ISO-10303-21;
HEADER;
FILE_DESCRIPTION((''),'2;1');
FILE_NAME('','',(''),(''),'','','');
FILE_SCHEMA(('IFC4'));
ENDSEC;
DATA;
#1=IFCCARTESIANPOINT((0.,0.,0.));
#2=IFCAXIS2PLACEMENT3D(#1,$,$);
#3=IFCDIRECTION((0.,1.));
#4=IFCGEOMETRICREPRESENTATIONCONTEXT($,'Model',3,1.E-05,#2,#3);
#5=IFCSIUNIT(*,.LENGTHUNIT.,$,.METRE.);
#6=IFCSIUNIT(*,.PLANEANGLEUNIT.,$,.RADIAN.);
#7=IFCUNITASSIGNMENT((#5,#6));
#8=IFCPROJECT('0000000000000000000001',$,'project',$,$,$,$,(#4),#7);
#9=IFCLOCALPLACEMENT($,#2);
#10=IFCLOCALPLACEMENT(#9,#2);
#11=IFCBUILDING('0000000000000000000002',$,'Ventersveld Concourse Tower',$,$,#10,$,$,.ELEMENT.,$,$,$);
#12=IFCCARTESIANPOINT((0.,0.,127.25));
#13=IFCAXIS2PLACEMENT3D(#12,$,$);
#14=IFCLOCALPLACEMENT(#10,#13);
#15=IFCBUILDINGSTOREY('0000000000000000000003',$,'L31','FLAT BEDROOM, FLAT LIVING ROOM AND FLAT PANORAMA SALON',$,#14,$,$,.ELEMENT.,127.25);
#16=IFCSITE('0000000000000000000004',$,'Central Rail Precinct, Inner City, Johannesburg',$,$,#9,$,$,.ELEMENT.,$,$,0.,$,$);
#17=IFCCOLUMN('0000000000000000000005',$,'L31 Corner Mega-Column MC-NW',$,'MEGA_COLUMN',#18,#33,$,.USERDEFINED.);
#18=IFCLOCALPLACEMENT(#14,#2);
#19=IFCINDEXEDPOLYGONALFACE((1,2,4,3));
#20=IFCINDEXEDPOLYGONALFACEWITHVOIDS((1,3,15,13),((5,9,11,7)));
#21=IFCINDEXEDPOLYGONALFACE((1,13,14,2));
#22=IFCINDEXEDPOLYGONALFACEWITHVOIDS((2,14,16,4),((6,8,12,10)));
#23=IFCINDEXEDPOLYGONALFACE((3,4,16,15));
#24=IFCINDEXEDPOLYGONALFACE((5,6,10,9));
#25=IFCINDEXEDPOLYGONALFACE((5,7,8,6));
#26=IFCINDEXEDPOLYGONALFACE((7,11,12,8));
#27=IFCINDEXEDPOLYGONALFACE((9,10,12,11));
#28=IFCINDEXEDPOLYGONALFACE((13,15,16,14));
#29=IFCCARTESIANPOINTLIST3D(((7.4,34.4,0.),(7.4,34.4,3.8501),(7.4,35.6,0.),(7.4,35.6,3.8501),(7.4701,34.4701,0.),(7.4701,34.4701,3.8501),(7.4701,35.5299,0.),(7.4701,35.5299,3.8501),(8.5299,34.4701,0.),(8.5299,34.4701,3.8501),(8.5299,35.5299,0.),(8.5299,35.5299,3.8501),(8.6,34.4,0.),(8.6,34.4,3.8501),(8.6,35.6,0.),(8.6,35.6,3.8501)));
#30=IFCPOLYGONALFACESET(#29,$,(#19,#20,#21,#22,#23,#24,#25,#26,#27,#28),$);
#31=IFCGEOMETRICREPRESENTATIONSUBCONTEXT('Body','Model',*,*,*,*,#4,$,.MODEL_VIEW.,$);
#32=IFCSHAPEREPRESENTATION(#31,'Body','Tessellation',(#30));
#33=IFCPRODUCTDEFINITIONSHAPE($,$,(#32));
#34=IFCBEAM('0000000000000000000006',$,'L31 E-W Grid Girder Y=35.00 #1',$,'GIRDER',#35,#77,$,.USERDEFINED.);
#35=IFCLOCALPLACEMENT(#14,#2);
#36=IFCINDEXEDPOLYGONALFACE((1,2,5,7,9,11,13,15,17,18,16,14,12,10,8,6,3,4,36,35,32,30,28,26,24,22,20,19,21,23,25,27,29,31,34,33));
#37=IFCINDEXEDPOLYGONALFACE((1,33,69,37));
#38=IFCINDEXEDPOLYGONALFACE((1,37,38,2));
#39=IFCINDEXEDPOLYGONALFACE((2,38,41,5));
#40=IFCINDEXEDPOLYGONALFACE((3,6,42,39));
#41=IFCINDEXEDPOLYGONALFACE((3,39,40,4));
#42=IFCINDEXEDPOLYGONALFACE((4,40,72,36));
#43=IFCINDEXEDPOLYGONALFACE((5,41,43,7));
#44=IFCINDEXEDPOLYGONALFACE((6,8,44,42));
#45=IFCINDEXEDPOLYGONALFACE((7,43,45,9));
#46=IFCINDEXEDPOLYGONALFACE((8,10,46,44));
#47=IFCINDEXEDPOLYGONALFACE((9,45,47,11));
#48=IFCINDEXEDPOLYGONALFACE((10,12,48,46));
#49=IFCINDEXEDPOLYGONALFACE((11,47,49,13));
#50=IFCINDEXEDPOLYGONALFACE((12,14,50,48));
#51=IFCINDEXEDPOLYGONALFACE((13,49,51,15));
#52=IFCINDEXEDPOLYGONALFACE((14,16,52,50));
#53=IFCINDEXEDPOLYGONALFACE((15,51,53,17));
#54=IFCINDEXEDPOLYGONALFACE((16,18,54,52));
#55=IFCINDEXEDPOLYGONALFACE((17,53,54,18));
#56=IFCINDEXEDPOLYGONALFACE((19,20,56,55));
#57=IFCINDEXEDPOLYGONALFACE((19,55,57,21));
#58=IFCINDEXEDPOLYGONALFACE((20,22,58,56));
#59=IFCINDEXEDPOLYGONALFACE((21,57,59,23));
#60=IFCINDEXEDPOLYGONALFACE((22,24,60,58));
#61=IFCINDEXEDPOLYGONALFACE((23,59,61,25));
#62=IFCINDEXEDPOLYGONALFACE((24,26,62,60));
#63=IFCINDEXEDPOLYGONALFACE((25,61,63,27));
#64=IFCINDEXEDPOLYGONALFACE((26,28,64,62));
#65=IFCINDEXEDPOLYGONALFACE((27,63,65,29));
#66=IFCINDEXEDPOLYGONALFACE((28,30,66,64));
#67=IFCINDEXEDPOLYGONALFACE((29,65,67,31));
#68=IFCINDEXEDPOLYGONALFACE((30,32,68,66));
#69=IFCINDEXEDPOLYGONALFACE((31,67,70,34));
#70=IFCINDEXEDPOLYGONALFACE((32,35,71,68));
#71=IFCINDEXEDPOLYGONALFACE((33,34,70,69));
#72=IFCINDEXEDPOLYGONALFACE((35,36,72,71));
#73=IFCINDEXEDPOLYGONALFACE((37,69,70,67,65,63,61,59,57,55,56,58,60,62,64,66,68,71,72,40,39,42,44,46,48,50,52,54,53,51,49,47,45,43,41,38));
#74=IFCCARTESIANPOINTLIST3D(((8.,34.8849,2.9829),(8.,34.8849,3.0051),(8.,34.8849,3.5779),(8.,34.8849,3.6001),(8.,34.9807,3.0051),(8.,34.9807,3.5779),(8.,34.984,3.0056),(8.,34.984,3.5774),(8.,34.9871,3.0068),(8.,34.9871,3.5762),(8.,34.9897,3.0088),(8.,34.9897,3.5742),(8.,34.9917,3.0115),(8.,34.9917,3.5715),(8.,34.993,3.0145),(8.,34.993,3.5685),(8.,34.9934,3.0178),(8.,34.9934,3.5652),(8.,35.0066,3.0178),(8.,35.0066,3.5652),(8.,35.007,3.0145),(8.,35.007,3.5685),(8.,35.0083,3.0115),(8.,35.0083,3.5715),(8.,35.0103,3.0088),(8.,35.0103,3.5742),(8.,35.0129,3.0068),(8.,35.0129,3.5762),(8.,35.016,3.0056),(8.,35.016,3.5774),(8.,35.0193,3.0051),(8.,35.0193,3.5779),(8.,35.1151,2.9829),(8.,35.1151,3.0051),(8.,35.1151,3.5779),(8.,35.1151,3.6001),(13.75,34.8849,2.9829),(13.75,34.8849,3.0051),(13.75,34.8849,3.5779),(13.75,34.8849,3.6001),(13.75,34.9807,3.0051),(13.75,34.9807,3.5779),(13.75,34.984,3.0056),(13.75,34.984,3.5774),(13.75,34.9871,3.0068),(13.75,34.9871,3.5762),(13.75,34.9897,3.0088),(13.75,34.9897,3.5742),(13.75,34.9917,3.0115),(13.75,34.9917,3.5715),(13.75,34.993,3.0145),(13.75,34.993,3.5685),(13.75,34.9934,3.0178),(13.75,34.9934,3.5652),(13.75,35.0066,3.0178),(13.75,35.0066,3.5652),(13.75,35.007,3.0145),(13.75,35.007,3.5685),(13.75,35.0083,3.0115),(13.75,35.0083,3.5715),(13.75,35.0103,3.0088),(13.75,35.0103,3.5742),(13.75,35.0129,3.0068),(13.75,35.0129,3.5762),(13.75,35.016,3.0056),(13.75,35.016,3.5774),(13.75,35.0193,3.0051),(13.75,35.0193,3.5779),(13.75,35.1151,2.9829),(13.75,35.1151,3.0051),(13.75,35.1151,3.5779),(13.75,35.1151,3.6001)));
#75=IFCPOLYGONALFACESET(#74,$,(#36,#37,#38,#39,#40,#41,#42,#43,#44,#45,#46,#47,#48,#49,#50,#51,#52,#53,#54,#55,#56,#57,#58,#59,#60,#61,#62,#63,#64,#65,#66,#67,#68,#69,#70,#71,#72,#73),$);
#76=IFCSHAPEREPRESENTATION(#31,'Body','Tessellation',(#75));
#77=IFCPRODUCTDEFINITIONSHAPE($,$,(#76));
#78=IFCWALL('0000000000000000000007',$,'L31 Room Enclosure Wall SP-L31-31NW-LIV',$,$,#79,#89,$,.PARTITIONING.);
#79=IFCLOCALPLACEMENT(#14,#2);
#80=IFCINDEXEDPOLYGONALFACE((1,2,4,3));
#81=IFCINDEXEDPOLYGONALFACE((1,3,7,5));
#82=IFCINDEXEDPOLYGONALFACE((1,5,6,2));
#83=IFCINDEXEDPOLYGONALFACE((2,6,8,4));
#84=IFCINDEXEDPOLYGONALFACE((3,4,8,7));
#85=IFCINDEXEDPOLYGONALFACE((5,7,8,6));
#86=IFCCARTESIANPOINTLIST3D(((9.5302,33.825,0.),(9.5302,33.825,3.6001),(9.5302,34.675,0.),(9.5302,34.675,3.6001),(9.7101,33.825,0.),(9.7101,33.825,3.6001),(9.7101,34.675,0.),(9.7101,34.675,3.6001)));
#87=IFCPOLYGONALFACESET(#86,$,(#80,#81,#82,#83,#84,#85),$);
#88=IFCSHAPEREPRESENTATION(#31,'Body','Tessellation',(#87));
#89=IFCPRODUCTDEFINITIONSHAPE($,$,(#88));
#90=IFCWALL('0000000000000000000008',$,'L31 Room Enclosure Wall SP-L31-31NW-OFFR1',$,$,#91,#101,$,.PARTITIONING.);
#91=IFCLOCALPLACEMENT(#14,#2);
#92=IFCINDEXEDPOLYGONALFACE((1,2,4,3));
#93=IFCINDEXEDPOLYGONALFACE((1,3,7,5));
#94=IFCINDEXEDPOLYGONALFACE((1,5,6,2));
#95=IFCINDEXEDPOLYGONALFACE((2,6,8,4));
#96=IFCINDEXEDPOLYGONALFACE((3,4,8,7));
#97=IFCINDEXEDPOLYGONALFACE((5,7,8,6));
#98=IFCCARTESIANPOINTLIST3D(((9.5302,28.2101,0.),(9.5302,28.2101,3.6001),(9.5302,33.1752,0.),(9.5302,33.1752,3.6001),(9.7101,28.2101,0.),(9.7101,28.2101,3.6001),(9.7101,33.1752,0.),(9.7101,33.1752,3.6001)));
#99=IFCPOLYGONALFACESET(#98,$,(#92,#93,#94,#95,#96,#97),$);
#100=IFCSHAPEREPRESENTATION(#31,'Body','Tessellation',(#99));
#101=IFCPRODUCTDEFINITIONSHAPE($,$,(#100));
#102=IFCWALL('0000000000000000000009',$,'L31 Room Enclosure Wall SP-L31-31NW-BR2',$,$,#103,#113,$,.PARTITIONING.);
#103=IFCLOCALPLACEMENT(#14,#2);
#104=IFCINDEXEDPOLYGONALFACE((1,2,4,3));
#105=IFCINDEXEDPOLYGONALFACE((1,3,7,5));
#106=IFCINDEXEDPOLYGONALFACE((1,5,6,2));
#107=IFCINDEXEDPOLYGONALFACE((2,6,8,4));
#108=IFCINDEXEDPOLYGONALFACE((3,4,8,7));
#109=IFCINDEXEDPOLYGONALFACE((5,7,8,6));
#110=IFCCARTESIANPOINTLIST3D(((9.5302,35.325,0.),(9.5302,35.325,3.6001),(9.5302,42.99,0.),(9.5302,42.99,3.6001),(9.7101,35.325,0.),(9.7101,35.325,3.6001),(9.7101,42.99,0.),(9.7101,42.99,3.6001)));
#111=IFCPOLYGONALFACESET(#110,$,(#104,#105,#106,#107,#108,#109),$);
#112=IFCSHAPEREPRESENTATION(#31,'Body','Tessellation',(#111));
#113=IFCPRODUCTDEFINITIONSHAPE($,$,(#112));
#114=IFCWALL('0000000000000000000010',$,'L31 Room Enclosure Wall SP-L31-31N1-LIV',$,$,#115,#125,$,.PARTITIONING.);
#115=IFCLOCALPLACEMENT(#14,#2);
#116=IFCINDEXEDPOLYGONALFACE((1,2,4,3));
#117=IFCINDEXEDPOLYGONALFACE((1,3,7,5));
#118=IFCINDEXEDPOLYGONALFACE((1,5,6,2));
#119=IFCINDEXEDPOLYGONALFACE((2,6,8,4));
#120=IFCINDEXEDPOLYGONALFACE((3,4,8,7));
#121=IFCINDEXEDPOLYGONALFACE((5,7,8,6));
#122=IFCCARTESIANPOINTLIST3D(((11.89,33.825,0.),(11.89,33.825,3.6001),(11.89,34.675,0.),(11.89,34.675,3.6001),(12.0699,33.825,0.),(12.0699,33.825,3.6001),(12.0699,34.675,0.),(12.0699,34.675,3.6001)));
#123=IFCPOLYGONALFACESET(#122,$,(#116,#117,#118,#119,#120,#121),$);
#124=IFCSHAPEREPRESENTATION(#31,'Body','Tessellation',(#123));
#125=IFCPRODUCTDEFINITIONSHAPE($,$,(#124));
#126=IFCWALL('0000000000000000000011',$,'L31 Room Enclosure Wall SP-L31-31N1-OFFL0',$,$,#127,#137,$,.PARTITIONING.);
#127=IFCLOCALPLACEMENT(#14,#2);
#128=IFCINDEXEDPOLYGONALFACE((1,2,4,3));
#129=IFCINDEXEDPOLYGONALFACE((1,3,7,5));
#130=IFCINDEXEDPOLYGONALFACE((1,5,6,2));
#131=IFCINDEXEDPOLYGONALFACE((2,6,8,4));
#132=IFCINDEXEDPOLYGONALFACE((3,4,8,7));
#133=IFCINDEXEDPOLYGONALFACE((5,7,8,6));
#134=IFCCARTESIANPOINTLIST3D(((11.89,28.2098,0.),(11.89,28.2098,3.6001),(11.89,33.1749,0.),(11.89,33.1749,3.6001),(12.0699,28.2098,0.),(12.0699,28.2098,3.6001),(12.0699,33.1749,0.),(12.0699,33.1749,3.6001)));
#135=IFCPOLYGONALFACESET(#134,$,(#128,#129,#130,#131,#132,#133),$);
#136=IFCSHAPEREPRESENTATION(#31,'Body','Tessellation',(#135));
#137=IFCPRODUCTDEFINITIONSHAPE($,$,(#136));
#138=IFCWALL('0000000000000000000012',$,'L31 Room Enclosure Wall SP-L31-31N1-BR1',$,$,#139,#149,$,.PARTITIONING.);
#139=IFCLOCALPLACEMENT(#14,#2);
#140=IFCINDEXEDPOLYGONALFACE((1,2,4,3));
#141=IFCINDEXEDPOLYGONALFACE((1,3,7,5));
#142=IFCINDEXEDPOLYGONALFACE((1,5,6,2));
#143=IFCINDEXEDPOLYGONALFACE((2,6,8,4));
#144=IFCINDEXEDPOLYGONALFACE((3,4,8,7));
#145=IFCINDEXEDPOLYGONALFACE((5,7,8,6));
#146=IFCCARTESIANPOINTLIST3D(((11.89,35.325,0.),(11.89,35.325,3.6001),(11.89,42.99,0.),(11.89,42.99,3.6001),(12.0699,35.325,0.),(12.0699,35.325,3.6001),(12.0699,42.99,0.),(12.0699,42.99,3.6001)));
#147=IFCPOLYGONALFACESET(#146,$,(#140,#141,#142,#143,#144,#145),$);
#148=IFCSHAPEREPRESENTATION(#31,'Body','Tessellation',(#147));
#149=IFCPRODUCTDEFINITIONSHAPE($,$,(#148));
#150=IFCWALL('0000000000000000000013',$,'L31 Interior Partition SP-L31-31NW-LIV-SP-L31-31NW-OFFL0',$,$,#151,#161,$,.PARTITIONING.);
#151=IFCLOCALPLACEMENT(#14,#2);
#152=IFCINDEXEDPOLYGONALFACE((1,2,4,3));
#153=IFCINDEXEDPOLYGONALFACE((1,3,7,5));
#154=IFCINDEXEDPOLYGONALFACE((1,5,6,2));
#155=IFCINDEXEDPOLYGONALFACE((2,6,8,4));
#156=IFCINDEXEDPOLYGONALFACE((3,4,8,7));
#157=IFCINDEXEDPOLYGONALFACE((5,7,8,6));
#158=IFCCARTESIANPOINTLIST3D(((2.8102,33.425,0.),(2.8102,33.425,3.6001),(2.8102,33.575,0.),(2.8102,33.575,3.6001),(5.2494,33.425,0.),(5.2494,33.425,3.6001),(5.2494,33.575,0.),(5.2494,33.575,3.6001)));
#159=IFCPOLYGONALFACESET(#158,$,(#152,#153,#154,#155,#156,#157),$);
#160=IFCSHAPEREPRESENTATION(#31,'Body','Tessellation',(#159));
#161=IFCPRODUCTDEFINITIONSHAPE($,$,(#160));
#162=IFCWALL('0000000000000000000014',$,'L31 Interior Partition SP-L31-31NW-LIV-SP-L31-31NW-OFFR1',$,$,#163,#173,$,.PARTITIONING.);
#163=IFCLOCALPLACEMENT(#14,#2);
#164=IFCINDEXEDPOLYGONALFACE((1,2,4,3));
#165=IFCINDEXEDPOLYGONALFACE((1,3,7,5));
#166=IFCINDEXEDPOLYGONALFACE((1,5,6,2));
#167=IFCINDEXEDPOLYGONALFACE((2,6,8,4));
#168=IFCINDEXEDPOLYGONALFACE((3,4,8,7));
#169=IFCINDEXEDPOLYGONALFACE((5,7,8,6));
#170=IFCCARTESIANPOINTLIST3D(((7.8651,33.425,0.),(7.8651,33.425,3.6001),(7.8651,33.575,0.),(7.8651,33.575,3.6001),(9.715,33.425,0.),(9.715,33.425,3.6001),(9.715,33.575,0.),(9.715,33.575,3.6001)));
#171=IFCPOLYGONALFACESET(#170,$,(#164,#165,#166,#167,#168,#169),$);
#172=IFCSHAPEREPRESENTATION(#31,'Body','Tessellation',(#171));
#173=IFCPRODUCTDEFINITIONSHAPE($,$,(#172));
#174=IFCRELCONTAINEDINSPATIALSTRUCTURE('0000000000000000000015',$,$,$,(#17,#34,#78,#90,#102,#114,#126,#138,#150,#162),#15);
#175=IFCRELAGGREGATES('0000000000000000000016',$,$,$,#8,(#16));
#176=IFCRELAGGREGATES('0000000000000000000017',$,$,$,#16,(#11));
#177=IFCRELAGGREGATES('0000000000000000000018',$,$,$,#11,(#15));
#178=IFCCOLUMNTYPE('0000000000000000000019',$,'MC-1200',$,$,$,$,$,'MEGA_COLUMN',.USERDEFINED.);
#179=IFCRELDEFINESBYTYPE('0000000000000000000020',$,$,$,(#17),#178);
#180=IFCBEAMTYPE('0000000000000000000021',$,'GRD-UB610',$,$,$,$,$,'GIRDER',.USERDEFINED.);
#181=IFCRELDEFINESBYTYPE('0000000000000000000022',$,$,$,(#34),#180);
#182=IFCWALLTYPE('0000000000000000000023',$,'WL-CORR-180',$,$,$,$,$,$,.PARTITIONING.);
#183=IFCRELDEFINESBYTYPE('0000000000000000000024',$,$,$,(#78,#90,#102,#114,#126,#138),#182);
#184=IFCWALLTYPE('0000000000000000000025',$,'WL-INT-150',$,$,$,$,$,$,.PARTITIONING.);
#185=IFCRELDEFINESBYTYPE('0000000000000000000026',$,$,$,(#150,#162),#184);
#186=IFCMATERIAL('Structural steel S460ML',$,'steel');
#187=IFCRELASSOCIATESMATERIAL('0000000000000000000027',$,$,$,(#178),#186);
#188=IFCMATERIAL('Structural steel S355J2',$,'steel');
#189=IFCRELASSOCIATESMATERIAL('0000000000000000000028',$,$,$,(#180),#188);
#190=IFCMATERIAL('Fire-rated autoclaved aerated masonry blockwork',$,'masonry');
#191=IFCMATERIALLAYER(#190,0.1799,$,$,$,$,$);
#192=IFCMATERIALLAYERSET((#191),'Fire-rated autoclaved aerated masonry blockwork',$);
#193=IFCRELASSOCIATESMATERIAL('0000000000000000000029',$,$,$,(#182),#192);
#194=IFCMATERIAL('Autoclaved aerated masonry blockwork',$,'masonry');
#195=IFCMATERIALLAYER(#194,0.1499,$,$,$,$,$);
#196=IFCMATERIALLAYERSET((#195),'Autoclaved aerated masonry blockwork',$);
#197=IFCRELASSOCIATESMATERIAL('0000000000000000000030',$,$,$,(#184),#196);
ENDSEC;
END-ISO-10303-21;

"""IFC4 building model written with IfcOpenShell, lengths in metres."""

from ifc_helpers import new_model, si_unit, direction, frame, frame_2d, origin, origin_2d, place, context, subcontext, project, spatial, rectangle, hollow_rectangle, i_section, extrude, material, layer, layer_set, material_profile, profile_set, type_object, element, save


model = new_model("IFC4")

# Units and contexts
model_context = context("Model", 3, precision=1e-05, world=origin(), true_north=direction((0.0, 1.0)))
body_context = subcontext(model_context, "Body", "Model", "MODEL_VIEW")
ifc_project = project(units=[si_unit("LENGTHUNIT", "METRE"), si_unit("PLANEANGLEUNIT", "RADIAN")], contexts=[model_context])

# Site, building, storey
site_placement = place(None, origin())
site = spatial("IfcSite", under=ifc_project, at=site_placement, Name="Central Rail Precinct, Inner City, Johannesburg", CompositionType="ELEMENT", RefElevation=0.0)
building_placement = place(site_placement, origin())
building = spatial("IfcBuilding", under=site, at=building_placement, Name="Ventersveld Concourse Tower", CompositionType="ELEMENT")
storey_placement = place(building_placement, frame((0.0, 0.0, 127.25)))
storey = spatial("IfcBuildingStorey", under=building, at=storey_placement, Name="L31", Description="FLAT BEDROOM, FLAT LIVING ROOM AND FLAT PANORAMA SALON", CompositionType="ELEMENT", Elevation=127.25)

# Column
ifc_material_1 = material(Name="Structural steel S460ML", Category="steel")
ifc_material_profile_1 = material_profile(ifc_material_1, hollow_rectangle(XDim=1.2, YDim=1.2, WallThickness=0.0701, at=origin_2d()), Name="BOX 1200x1200x70")
ifc_profile_set_1 = profile_set([ifc_material_profile_1], Name="Structural steel S460ML")
column_type = type_object("IfcColumnType", Name="MC-1200", ElementType="MEGA_COLUMN", PredefinedType="USERDEFINED", material=ifc_profile_set_1)
column_placement = place(storey_placement, frame((8.0, 35.0, 0.0), z_axis=(0.0, 0.0, 1.0), x_axis=(1.0, 0.0, 0.0)))
element("IfcColumn", 1, at=column_placement, inside=storey, type_object=column_type, Name="L31 Corner Mega-Column MC-NW", ObjectType="MEGA_COLUMN", PredefinedType="USERDEFINED", context=body_context, shape_type="SweptSolid", body=[
    extrude(hollow_rectangle(XDim=1.2, YDim=1.2, WallThickness=0.0701, at=origin_2d()), origin(), (0.0, 0.0, 1.0), 3.8501),
])

# Beam
ifc_material_2 = material(Name="Structural steel S355J2", Category="steel")
ifc_material_profile_2 = material_profile(ifc_material_2, i_section(OverallWidth=0.2302, OverallDepth=0.6172, WebThickness=0.0132, FlangeThickness=0.0222, FilletRadius=0.0127, at=origin_2d()), Name="UB 610x229x140")
ifc_profile_set_2 = profile_set([ifc_material_profile_2], Name="Structural steel S355J2")
beam_type = type_object("IfcBeamType", Name="GRD-UB610", ElementType="GIRDER", PredefinedType="USERDEFINED", material=ifc_profile_set_2)
beam_placement = place(storey_placement, frame((8.0, 35.0, 3.2915), z_axis=(1.0, 0.0, 0.0), x_axis=(0.0, 1.0, 0.0)))
element("IfcBeam", 2, at=beam_placement, inside=storey, type_object=beam_type, Name="L31 E-W Grid Girder Y=35.00 #1", ObjectType="GIRDER", PredefinedType="USERDEFINED", context=body_context, shape_type="SweptSolid", body=[
    extrude(i_section(OverallWidth=0.2302, OverallDepth=0.6172, WebThickness=0.0132, FlangeThickness=0.0222, FilletRadius=0.0127, at=origin_2d()), origin(), (0.0, 0.0, 1.0), 5.75),
])

# Walls
ifc_material_3 = material(Name="Fire-rated autoclaved aerated masonry blockwork", Category="masonry")
ifc_layer_1 = layer(ifc_material_3, 0.1799)
ifc_layer_set_1 = layer_set([ifc_layer_1], Name="Fire-rated autoclaved aerated masonry blockwork")
wall_type_1 = type_object("IfcWallType", Name="WL-CORR-180", PredefinedType="PARTITIONING", material=ifc_layer_set_1)
wall_1_placement = place(storey_placement, frame((9.6201, 34.675, 0.0), z_axis=(0.0, 0.0, 1.0), x_axis=(0.0, -1.0, 0.0)))
element("IfcWall", 3, at=wall_1_placement, inside=storey, type_object=wall_type_1, Name="L31 Room Enclosure Wall SP-L31-31NW-LIV", PredefinedType="PARTITIONING", context=body_context, shape_type="SweptSolid", body=[
    extrude(rectangle(XDim=0.8501, YDim=0.1799, at=frame_2d((0.425, 0.0))), origin(), (0.0, 0.0, 1.0), 3.6001),
])
wall_2_placement = place(storey_placement, frame((9.6201, 33.175, 0.0), z_axis=(0.0, 0.0, 1.0), x_axis=(0.0, -1.0, 0.0)))
element("IfcWall", 4, at=wall_2_placement, inside=storey, type_object=wall_type_1, Name="L31 Room Enclosure Wall SP-L31-31NW-OFFR1", PredefinedType="PARTITIONING", context=body_context, shape_type="SweptSolid", body=[
    extrude(rectangle(XDim=4.9651, YDim=0.1799, at=frame_2d((2.4824, 0.0))), origin(), (0.0, 0.0, 1.0), 3.6001),
])
wall_3_placement = place(storey_placement, frame((9.6201, 42.99, 0.0), z_axis=(0.0, 0.0, 1.0), x_axis=(0.0, -1.0, 0.0)))
element("IfcWall", 5, at=wall_3_placement, inside=storey, type_object=wall_type_1, Name="L31 Room Enclosure Wall SP-L31-31NW-BR2", PredefinedType="PARTITIONING", context=body_context, shape_type="SweptSolid", body=[
    extrude(rectangle(XDim=7.665, YDim=0.1799, at=frame_2d((3.8325, 0.0))), origin(), (0.0, 0.0, 1.0), 3.6001),
])
wall_4_placement = place(storey_placement, frame((11.98, 33.825, 0.0), z_axis=(0.0, 0.0, 1.0), x_axis=(0.0, 1.0, 0.0)))
element("IfcWall", 6, at=wall_4_placement, inside=storey, type_object=wall_type_1, Name="L31 Room Enclosure Wall SP-L31-31N1-LIV", PredefinedType="PARTITIONING", context=body_context, shape_type="SweptSolid", body=[
    extrude(rectangle(XDim=0.8501, YDim=0.1799, at=frame_2d((0.425, 0.0))), origin(), (0.0, 0.0, 1.0), 3.6001),
])
wall_5_placement = place(storey_placement, frame((11.98, 28.21, 0.0), z_axis=(0.0, 0.0, 1.0), x_axis=(0.0, 1.0, 0.0)))
element("IfcWall", 7, at=wall_5_placement, inside=storey, type_object=wall_type_1, Name="L31 Room Enclosure Wall SP-L31-31N1-OFFL0", PredefinedType="PARTITIONING", context=body_context, shape_type="SweptSolid", body=[
    extrude(rectangle(XDim=4.9651, YDim=0.1799, at=frame_2d((2.4824, 0.0))), origin(), (0.0, 0.0, 1.0), 3.6001),
])
wall_6_placement = place(storey_placement, frame((11.98, 35.325, 0.0), z_axis=(0.0, 0.0, 1.0), x_axis=(0.0, 1.0, 0.0)))
element("IfcWall", 8, at=wall_6_placement, inside=storey, type_object=wall_type_1, Name="L31 Room Enclosure Wall SP-L31-31N1-BR1", PredefinedType="PARTITIONING", context=body_context, shape_type="SweptSolid", body=[
    extrude(rectangle(XDim=7.665, YDim=0.1799, at=frame_2d((3.8325, 0.0))), origin(), (0.0, 0.0, 1.0), 3.6001),
])
ifc_material_4 = material(Name="Autoclaved aerated masonry blockwork", Category="masonry")
ifc_layer_2 = layer(ifc_material_4, 0.1499)
ifc_layer_set_2 = layer_set([ifc_layer_2], Name="Autoclaved aerated masonry blockwork")
wall_type_2 = type_object("IfcWallType", Name="WL-INT-150", PredefinedType="PARTITIONING", material=ifc_layer_set_2)
wall_7_placement = place(storey_placement, frame((2.8101, 33.5, 0.0), z_axis=(0.0, 0.0, 1.0), x_axis=(1.0, 0.0, 0.0)))
element("IfcWall", 9, at=wall_7_placement, inside=storey, type_object=wall_type_2, Name="L31 Interior Partition SP-L31-31NW-LIV-SP-L31-31NW-OFFL0", PredefinedType="PARTITIONING", context=body_context, shape_type="SweptSolid", body=[
    extrude(rectangle(XDim=2.4392, YDim=0.1499, at=frame_2d((1.2197, 0.0))), origin(), (0.0, 0.0, 1.0), 3.6001),
])
wall_8_placement = place(storey_placement, frame((7.8652, 33.5, 0.0), z_axis=(0.0, 0.0, 1.0), x_axis=(1.0, 0.0, 0.0)))
element("IfcWall", 10, at=wall_8_placement, inside=storey, type_object=wall_type_2, Name="L31 Interior Partition SP-L31-31NW-LIV-SP-L31-31NW-OFFR1", PredefinedType="PARTITIONING", context=body_context, shape_type="SweptSolid", body=[
    extrude(rectangle(XDim=1.8499, YDim=0.1499, at=frame_2d((0.9248, 0.0))), origin(), (0.0, 0.0, 1.0), 3.6001),
])

save(model, "model.ifc")
